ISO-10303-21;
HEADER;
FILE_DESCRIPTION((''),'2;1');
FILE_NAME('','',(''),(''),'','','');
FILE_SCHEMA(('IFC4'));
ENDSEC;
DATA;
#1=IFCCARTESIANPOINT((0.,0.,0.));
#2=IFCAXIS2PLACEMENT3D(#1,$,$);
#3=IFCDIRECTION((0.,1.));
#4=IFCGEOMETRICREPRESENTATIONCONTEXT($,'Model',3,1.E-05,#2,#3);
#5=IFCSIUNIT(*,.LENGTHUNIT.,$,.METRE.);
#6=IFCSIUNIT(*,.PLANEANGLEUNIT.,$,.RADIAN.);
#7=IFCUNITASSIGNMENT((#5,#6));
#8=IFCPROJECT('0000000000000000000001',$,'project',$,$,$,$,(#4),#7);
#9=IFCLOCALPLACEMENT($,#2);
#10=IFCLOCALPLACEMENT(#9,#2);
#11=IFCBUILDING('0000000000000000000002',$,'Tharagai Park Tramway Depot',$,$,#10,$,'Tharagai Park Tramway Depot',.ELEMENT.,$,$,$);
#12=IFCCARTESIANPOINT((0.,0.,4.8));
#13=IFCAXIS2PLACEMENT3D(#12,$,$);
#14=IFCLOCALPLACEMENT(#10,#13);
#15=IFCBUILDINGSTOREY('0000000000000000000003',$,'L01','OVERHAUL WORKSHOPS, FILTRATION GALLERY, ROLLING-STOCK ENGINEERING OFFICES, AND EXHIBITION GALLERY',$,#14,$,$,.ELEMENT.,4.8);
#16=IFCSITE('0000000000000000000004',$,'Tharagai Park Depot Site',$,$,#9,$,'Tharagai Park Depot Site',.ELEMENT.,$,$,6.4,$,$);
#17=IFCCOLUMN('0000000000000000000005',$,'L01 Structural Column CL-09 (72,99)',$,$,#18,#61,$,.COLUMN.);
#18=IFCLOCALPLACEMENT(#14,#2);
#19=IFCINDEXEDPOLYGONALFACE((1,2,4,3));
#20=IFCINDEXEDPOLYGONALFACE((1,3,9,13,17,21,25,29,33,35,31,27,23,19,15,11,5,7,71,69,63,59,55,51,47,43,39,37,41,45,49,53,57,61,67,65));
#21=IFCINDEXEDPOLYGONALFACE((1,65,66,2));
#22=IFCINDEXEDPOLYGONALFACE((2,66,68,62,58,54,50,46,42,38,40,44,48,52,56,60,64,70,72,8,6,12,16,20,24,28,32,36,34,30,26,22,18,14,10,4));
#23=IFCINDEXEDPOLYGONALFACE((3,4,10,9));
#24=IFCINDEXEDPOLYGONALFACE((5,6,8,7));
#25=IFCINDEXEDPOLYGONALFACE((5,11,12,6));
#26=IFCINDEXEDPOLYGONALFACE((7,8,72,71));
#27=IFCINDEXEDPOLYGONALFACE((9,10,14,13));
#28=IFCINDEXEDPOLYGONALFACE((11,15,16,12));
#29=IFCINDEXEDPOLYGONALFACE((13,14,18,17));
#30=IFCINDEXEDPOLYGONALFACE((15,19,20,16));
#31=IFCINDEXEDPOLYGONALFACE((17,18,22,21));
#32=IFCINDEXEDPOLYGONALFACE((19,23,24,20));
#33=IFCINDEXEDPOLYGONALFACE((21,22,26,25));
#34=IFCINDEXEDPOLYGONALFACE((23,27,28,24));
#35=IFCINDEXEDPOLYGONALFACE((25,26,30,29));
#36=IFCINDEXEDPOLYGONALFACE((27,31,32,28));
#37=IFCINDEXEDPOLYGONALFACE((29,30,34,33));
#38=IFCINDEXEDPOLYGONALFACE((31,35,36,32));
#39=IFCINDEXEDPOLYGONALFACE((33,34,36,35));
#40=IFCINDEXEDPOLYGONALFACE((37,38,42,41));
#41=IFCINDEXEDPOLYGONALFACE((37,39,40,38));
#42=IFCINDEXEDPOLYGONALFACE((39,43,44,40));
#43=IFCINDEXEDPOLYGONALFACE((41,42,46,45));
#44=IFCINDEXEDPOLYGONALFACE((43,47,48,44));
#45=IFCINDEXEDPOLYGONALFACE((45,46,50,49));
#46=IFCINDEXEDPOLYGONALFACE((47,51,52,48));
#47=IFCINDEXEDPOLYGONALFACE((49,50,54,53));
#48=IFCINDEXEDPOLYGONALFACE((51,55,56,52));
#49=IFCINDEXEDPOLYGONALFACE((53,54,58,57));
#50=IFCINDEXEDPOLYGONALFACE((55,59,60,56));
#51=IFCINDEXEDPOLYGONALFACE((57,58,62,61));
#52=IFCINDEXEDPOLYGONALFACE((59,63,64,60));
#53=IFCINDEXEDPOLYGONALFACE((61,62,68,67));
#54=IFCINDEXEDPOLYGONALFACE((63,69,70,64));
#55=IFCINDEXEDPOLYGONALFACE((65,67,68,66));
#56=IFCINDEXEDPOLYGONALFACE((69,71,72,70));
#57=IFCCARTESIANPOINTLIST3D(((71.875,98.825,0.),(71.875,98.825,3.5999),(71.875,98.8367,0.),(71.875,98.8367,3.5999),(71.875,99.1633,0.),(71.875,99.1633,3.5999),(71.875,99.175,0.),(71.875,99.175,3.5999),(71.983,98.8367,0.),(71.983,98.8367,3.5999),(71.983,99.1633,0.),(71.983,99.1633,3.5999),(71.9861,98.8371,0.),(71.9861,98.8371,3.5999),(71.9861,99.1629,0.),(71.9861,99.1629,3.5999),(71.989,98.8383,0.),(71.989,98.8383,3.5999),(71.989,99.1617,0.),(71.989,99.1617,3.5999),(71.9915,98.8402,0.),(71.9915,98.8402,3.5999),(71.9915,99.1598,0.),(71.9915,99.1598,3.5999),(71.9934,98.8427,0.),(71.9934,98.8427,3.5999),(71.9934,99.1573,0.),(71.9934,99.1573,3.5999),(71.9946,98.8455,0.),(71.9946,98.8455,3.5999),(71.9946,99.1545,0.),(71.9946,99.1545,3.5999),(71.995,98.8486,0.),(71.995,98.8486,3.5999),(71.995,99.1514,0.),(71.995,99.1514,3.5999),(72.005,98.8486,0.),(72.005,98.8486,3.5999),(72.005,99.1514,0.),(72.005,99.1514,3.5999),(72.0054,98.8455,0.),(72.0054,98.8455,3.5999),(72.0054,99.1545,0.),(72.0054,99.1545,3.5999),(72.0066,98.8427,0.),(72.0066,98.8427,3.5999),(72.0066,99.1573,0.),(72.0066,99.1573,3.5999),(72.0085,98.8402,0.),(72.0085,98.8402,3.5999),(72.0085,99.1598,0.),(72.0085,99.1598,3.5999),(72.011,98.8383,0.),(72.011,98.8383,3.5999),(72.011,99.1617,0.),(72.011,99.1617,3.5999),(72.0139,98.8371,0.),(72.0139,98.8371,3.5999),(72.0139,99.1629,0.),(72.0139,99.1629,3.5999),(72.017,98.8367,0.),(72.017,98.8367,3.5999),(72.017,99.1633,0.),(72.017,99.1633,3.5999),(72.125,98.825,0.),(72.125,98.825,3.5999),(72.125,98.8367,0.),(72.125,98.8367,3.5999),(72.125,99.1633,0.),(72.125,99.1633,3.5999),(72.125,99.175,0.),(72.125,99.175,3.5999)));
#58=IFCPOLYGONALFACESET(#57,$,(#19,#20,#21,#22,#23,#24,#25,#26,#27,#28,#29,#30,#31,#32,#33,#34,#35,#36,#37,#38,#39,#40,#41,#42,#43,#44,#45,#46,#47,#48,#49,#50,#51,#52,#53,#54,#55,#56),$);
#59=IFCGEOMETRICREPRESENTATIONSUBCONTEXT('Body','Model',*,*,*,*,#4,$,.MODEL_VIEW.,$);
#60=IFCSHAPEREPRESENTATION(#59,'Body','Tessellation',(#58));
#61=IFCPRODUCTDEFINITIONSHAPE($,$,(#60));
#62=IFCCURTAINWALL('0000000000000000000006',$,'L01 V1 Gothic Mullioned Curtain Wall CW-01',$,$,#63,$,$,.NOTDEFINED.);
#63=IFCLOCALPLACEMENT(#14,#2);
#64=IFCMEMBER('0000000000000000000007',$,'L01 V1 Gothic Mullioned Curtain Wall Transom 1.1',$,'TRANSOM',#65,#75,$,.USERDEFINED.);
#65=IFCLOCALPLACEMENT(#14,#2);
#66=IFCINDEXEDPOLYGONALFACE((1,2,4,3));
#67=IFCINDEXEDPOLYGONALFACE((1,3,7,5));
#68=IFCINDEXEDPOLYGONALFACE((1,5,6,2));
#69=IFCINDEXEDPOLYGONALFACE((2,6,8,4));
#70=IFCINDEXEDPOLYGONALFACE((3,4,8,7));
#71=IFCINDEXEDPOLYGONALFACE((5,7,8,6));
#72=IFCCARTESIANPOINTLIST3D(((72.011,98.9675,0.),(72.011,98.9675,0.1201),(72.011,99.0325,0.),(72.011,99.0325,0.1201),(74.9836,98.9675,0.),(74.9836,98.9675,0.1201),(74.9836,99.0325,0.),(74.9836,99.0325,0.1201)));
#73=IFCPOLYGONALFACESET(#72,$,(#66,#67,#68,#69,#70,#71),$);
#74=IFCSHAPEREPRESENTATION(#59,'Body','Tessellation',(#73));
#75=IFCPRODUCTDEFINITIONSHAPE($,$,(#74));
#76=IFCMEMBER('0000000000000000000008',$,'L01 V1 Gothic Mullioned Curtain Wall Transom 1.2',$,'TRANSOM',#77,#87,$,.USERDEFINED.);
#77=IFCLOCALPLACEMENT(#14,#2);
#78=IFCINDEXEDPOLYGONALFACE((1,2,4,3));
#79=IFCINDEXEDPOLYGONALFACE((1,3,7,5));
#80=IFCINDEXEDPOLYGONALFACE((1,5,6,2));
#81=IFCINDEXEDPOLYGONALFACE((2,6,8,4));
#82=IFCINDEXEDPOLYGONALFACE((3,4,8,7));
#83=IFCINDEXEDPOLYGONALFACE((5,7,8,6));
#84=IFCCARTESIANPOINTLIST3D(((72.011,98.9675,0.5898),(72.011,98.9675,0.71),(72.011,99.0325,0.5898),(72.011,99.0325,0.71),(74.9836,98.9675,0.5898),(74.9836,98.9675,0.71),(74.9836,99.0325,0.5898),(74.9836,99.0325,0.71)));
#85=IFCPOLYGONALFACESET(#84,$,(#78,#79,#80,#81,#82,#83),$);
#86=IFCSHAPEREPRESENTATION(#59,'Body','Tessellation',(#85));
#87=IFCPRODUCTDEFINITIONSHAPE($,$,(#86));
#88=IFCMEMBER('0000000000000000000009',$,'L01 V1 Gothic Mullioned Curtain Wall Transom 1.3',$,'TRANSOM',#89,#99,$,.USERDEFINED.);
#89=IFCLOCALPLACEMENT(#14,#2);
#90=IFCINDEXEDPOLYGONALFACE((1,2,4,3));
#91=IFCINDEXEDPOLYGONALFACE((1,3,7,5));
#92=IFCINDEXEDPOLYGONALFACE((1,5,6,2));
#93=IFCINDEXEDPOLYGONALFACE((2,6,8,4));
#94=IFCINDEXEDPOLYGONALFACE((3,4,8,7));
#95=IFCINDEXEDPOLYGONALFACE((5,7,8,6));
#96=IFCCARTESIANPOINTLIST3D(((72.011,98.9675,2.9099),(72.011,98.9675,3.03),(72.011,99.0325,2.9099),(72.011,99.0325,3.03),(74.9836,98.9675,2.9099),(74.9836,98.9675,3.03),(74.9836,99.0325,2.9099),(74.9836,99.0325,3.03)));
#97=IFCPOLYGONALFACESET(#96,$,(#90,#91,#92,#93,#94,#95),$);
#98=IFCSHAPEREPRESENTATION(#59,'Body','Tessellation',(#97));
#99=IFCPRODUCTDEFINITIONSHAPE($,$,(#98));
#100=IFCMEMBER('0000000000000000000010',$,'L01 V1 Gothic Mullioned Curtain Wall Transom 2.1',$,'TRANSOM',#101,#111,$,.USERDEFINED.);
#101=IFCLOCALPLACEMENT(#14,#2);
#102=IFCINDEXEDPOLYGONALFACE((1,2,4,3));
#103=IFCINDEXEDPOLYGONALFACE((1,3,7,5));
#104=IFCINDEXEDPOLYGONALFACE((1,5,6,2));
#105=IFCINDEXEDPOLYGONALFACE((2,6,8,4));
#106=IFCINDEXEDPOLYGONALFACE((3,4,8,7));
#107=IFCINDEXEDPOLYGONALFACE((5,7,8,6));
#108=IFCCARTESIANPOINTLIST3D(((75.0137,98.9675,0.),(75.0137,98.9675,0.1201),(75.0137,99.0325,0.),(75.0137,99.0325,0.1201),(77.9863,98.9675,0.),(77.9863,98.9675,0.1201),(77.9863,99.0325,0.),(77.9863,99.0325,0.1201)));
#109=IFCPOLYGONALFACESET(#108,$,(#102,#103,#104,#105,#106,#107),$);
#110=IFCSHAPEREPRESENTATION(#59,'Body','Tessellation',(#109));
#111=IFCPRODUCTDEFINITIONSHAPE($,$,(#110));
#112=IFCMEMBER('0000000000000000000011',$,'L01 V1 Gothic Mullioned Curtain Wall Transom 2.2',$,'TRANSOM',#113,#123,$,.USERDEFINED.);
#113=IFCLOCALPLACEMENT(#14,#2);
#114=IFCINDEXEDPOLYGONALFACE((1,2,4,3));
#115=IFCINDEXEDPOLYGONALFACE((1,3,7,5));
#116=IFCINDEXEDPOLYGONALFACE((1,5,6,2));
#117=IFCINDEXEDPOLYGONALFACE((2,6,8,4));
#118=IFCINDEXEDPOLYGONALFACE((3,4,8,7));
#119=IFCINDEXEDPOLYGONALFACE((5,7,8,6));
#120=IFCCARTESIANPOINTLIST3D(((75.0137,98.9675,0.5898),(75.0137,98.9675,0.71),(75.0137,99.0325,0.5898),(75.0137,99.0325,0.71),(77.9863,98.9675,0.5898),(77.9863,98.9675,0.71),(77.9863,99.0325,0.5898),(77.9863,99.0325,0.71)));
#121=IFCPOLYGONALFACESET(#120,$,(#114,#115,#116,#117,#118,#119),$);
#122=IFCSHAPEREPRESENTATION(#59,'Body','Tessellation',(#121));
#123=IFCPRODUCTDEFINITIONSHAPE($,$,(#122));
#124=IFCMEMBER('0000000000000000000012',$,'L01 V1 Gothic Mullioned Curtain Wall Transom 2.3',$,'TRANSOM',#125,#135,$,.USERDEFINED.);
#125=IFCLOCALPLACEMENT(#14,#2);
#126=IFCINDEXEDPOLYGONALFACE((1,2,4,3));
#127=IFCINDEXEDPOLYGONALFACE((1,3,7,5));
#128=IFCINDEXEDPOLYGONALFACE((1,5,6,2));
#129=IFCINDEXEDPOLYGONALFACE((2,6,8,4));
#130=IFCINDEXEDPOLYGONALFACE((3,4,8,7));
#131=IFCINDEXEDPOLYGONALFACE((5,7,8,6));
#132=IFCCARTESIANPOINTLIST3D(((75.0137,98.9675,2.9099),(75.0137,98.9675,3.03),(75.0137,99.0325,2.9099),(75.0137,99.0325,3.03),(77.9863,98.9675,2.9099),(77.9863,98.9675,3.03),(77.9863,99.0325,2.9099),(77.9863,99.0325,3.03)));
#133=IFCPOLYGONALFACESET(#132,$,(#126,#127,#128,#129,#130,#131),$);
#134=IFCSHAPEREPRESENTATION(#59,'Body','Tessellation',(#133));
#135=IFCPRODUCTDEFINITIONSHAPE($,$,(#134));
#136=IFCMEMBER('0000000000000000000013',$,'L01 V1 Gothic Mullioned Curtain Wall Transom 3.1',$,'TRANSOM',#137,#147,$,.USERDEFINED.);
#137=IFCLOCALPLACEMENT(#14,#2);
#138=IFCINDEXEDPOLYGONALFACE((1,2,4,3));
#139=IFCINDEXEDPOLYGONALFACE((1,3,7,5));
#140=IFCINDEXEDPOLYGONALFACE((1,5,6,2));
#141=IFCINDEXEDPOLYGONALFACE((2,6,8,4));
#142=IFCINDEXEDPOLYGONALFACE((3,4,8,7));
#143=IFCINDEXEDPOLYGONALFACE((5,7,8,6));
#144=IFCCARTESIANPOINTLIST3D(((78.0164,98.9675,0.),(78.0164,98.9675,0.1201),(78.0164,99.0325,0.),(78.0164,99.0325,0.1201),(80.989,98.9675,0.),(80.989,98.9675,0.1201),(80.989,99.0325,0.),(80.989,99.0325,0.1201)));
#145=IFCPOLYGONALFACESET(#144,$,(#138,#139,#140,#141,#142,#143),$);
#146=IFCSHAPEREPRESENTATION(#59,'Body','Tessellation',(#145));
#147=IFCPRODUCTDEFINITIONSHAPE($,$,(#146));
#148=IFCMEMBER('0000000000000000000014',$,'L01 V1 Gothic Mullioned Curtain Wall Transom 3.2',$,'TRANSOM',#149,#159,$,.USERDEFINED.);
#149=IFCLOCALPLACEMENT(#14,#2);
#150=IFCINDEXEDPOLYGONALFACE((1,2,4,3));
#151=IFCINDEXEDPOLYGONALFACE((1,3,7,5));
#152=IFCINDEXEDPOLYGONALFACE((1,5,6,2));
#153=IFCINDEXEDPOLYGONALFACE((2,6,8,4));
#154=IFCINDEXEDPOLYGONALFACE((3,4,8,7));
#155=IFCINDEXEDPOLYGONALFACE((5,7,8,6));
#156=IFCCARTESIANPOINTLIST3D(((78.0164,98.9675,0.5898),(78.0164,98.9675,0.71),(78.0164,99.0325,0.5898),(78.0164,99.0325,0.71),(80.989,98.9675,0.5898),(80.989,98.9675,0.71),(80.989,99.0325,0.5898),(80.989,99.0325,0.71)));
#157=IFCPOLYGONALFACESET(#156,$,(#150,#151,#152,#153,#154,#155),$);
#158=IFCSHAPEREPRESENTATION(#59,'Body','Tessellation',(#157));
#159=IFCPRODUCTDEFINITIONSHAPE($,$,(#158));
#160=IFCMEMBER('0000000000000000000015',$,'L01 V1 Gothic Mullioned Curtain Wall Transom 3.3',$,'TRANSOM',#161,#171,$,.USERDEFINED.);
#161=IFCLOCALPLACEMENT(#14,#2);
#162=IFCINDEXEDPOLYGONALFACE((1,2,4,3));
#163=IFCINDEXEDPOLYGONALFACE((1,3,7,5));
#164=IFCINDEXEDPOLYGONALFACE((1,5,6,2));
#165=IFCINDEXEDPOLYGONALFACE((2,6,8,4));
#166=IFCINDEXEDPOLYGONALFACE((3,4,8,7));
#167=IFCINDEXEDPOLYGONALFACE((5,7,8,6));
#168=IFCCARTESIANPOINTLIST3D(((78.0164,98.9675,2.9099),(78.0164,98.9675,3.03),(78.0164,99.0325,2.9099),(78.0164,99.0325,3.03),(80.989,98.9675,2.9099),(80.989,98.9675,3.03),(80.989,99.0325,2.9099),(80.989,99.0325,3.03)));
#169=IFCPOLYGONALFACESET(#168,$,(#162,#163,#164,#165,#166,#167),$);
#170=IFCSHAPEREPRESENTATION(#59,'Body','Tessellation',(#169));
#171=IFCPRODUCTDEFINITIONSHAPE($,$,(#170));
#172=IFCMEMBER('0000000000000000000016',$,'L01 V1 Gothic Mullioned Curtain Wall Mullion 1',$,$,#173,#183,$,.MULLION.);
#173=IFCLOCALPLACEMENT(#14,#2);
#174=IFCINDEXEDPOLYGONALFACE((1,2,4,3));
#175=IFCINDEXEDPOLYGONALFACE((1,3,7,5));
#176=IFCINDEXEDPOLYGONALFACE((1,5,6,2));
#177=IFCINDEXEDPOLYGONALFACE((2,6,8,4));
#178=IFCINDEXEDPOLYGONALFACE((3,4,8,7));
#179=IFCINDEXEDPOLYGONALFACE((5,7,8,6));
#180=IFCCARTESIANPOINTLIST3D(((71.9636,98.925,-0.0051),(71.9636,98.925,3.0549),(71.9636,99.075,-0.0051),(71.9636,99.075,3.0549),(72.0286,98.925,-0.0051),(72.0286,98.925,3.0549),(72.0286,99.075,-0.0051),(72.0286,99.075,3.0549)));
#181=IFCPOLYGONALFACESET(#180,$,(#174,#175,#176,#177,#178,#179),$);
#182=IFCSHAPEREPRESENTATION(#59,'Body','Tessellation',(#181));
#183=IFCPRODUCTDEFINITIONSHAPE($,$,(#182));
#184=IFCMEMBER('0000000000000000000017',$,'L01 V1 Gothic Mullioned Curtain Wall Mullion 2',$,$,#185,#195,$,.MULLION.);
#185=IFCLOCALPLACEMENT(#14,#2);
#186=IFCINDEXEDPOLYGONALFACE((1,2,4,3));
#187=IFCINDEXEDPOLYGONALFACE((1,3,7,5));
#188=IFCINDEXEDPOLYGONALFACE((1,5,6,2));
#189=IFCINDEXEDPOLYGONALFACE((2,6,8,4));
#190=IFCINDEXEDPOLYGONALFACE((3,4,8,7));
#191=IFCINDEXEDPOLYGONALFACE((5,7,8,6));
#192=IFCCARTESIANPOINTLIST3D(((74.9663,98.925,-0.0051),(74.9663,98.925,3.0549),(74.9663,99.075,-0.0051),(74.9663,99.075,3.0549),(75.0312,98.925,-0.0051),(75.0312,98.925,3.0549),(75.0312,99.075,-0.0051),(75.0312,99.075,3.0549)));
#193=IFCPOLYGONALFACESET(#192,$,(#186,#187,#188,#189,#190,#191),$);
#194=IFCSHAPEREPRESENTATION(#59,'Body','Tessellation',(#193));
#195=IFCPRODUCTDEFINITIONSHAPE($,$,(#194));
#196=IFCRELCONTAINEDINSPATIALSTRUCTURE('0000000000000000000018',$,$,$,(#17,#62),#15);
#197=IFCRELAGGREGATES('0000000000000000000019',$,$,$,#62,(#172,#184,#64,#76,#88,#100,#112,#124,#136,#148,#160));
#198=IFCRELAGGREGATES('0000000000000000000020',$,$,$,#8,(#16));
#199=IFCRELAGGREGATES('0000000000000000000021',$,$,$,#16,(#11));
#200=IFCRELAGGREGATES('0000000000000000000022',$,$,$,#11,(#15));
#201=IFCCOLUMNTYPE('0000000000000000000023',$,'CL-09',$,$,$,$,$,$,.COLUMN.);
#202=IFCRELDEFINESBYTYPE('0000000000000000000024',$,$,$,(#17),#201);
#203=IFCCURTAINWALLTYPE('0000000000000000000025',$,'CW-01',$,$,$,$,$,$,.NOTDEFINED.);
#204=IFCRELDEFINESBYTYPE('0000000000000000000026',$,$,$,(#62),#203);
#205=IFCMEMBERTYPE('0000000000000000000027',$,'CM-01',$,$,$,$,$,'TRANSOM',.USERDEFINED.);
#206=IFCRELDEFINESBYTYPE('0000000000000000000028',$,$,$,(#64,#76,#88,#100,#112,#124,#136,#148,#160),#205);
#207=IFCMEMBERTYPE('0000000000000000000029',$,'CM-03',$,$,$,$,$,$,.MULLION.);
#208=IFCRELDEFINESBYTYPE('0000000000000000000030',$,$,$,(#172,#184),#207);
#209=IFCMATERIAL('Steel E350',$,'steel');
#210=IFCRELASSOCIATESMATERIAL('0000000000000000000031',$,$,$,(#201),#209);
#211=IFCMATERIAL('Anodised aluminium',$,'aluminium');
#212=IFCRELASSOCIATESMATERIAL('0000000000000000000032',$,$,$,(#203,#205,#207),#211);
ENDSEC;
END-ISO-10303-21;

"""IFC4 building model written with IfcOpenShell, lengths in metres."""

from ifc_helpers import new_model, si_unit, direction, frame, origin, origin_2d, place, context, subcontext, project, spatial, rectangle, i_section, extrude, material, material_profile, profile_set, type_object, element, aggregate, save


model = new_model("IFC4")

# Units and contexts
model_context = context("Model", 3, precision=1e-05, world=origin(), true_north=direction((0.0, 1.0)))
body_context = subcontext(model_context, "Body", "Model", "MODEL_VIEW")
ifc_project = project(units=[si_unit("LENGTHUNIT", "METRE"), si_unit("PLANEANGLEUNIT", "RADIAN")], contexts=[model_context])

# Site, building, storey
site_placement = place(None, origin())
site = spatial("IfcSite", under=ifc_project, at=site_placement, Name="Tharagai Park Depot Site", LongName="Tharagai Park Depot Site", CompositionType="ELEMENT", RefElevation=6.4)
building_placement = place(site_placement, origin())
building = spatial("IfcBuilding", under=site, at=building_placement, Name="Tharagai Park Tramway Depot", LongName="Tharagai Park Tramway Depot", CompositionType="ELEMENT")
storey_placement = place(building_placement, frame((0.0, 0.0, 4.8)))
storey = spatial("IfcBuildingStorey", under=building, at=storey_placement, Name="L01", Description="OVERHAUL WORKSHOPS, FILTRATION GALLERY, ROLLING-STOCK ENGINEERING OFFICES, AND EXHIBITION GALLERY", CompositionType="ELEMENT", Elevation=4.8)

# Column
ifc_material_1 = material(Name="Steel E350", Category="steel")
ifc_material_profile_1 = material_profile(ifc_material_1, i_section(OverallWidth=0.25, OverallDepth=0.3501, WebThickness=0.01, FlangeThickness=0.0117, FilletRadius=0.012, at=origin_2d()), Name="ISHB 350")
ifc_profile_set_1 = profile_set([ifc_material_profile_1], Name="Steel E350")
column_type = type_object("IfcColumnType", Name="CL-09", PredefinedType="COLUMN", material=ifc_profile_set_1)
column_placement = place(storey_placement, frame((72.0, 99.0, 0.0), z_axis=(0.0, 0.0, 1.0), x_axis=(1.0, 0.0, 0.0)))
element("IfcColumn", 1, at=column_placement, inside=storey, type_object=column_type, Name="L01 Structural Column CL-09 (72,99)", PredefinedType="COLUMN", context=body_context, shape_type="SweptSolid", body=[
    extrude(i_section(OverallWidth=0.25, OverallDepth=0.3501, WebThickness=0.01, FlangeThickness=0.0117, FilletRadius=0.012, at=origin_2d()), origin(), (0.0, 0.0, 1.0), 3.5999),
])

# Curtain wall, members
ifc_material_2 = material(Name="Anodised aluminium", Category="aluminium")
curtain_wall_type = type_object("IfcCurtainWallType", Name="CW-01", PredefinedType="NOTDEFINED", material=ifc_material_2)
curtain_wall_placement = place(storey_placement, origin())
curtain_wall = element("IfcCurtainWall", 2, at=curtain_wall_placement, inside=storey, type_object=curtain_wall_type, Name="L01 V1 Gothic Mullioned Curtain Wall CW-01", PredefinedType="NOTDEFINED")
ifc_material_profile_2 = material_profile(ifc_material_2, rectangle(XDim=0.0649, YDim=0.1201, at=origin_2d()), Name="ALU 65x120")
ifc_profile_set_2 = profile_set([ifc_material_profile_2], Name="Anodised aluminium")
member_type_1 = type_object("IfcMemberType", Name="CM-01", ElementType="TRANSOM", PredefinedType="USERDEFINED", material=ifc_profile_set_2)
member_1_placement = place(storey_placement, frame((72.011, 99.0, 0.0601), z_axis=(1.0, 0.0, 0.0), x_axis=(0.0, 1.0, 0.0)))
member_1 = element("IfcMember", 3, at=member_1_placement, type_object=member_type_1, Name="L01 V1 Gothic Mullioned Curtain Wall Transom 1.1", ObjectType="TRANSOM", PredefinedType="USERDEFINED", context=body_context, shape_type="SweptSolid", body=[
    extrude(rectangle(XDim=0.0649, YDim=0.1201, at=origin_2d()), origin(), (0.0, 0.0, 1.0), 2.9727),
])
member_2_placement = place(storey_placement, frame((72.011, 99.0, 0.6499), z_axis=(1.0, 0.0, 0.0), x_axis=(0.0, 1.0, 0.0)))
member_2 = element("IfcMember", 4, at=member_2_placement, type_object=member_type_1, Name="L01 V1 Gothic Mullioned Curtain Wall Transom 1.2", ObjectType="TRANSOM", PredefinedType="USERDEFINED", context=body_context, shape_type="SweptSolid", body=[
    extrude(rectangle(XDim=0.0649, YDim=0.1201, at=origin_2d()), origin(), (0.0, 0.0, 1.0), 2.9727),
])
member_3_placement = place(storey_placement, frame((72.011, 99.0, 2.97), z_axis=(1.0, 0.0, 0.0), x_axis=(0.0, 1.0, 0.0)))
member_3 = element("IfcMember", 5, at=member_3_placement, type_object=member_type_1, Name="L01 V1 Gothic Mullioned Curtain Wall Transom 1.3", ObjectType="TRANSOM", PredefinedType="USERDEFINED", context=body_context, shape_type="SweptSolid", body=[
    extrude(rectangle(XDim=0.0649, YDim=0.1201, at=origin_2d()), origin(), (0.0, 0.0, 1.0), 2.9727),
])
member_4_placement = place(storey_placement, frame((75.0137, 99.0, 0.0601), z_axis=(1.0, 0.0, 0.0), x_axis=(0.0, 1.0, 0.0)))
member_4 = element("IfcMember", 6, at=member_4_placement, type_object=member_type_1, Name="L01 V1 Gothic Mullioned Curtain Wall Transom 2.1", ObjectType="TRANSOM", PredefinedType="USERDEFINED", context=body_context, shape_type="SweptSolid", body=[
    extrude(rectangle(XDim=0.0649, YDim=0.1201, at=origin_2d()), origin(), (0.0, 0.0, 1.0), 2.9727),
])
member_5_placement = place(storey_placement, frame((75.0137, 99.0, 0.6499), z_axis=(1.0, 0.0, 0.0), x_axis=(0.0, 1.0, 0.0)))
member_5 = element("IfcMember", 7, at=member_5_placement, type_object=member_type_1, Name="L01 V1 Gothic Mullioned Curtain Wall Transom 2.2", ObjectType="TRANSOM", PredefinedType="USERDEFINED", context=body_context, shape_type="SweptSolid", body=[
    extrude(rectangle(XDim=0.0649, YDim=0.1201, at=origin_2d()), origin(), (0.0, 0.0, 1.0), 2.9727),
])
member_6_placement = place(storey_placement, frame((75.0137, 99.0, 2.97), z_axis=(1.0, 0.0, 0.0), x_axis=(0.0, 1.0, 0.0)))
member_6 = element("IfcMember", 8, at=member_6_placement, type_object=member_type_1, Name="L01 V1 Gothic Mullioned Curtain Wall Transom 2.3", ObjectType="TRANSOM", PredefinedType="USERDEFINED", context=body_context, shape_type="SweptSolid", body=[
    extrude(rectangle(XDim=0.0649, YDim=0.1201, at=origin_2d()), origin(), (0.0, 0.0, 1.0), 2.9727),
])
member_7_placement = place(storey_placement, frame((78.0164, 99.0, 0.0601), z_axis=(1.0, 0.0, 0.0), x_axis=(0.0, 1.0, 0.0)))
member_7 = element("IfcMember", 9, at=member_7_placement, type_object=member_type_1, Name="L01 V1 Gothic Mullioned Curtain Wall Transom 3.1", ObjectType="TRANSOM", PredefinedType="USERDEFINED", context=body_context, shape_type="SweptSolid", body=[
    extrude(rectangle(XDim=0.0649, YDim=0.1201, at=origin_2d()), origin(), (0.0, 0.0, 1.0), 2.9727),
])
member_8_placement = place(storey_placement, frame((78.0164, 99.0, 0.6499), z_axis=(1.0, 0.0, 0.0), x_axis=(0.0, 1.0, 0.0)))
member_8 = element("IfcMember", 10, at=member_8_placement, type_object=member_type_1, Name="L01 V1 Gothic Mullioned Curtain Wall Transom 3.2", ObjectType="TRANSOM", PredefinedType="USERDEFINED", context=body_context, shape_type="SweptSolid", body=[
    extrude(rectangle(XDim=0.0649, YDim=0.1201, at=origin_2d()), origin(), (0.0, 0.0, 1.0), 2.9727),
])
member_9_placement = place(storey_placement, frame((78.0164, 99.0, 2.97), z_axis=(1.0, 0.0, 0.0), x_axis=(0.0, 1.0, 0.0)))
member_9 = element("IfcMember", 11, at=member_9_placement, type_object=member_type_1, Name="L01 V1 Gothic Mullioned Curtain Wall Transom 3.3", ObjectType="TRANSOM", PredefinedType="USERDEFINED", context=body_context, shape_type="SweptSolid", body=[
    extrude(rectangle(XDim=0.0649, YDim=0.1201, at=origin_2d()), origin(), (0.0, 0.0, 1.0), 2.9727),
])
ifc_material_profile_3 = material_profile(ifc_material_2, rectangle(XDim=0.0649, YDim=0.1499, at=origin_2d()), Name="ALU 65x150")
ifc_profile_set_3 = profile_set([ifc_material_profile_3], Name="Anodised aluminium")
member_type_2 = type_object("IfcMemberType", Name="CM-03", PredefinedType="MULLION", material=ifc_profile_set_3)
member_10_placement = place(storey_placement, frame((71.9961, 99.0, -0.0051), z_axis=(0.0, 0.0, 1.0), x_axis=(1.0, 0.0, 0.0)))
member_10 = element("IfcMember", 12, at=member_10_placement, type_object=member_type_2, Name="L01 V1 Gothic Mullioned Curtain Wall Mullion 1", PredefinedType="MULLION", context=body_context, shape_type="SweptSolid", body=[
    extrude(rectangle(XDim=0.0649, YDim=0.1499, at=origin_2d()), origin(), (0.0, 0.0, 1.0), 3.0601),
])
member_11_placement = place(storey_placement, frame((74.9988, 99.0, -0.0051), z_axis=(0.0, 0.0, 1.0), x_axis=(1.0, 0.0, 0.0)))
member_11 = element("IfcMember", 13, at=member_11_placement, type_object=member_type_2, Name="L01 V1 Gothic Mullioned Curtain Wall Mullion 2", PredefinedType="MULLION", context=body_context, shape_type="SweptSolid", body=[
    extrude(rectangle(XDim=0.0649, YDim=0.1499, at=origin_2d()), origin(), (0.0, 0.0, 1.0), 3.0601),
])

aggregate(curtain_wall, [member_10, member_11, member_1, member_2, member_3, member_4, member_5, member_6, member_7, member_8, member_9])

save(model, "model.ifc")
